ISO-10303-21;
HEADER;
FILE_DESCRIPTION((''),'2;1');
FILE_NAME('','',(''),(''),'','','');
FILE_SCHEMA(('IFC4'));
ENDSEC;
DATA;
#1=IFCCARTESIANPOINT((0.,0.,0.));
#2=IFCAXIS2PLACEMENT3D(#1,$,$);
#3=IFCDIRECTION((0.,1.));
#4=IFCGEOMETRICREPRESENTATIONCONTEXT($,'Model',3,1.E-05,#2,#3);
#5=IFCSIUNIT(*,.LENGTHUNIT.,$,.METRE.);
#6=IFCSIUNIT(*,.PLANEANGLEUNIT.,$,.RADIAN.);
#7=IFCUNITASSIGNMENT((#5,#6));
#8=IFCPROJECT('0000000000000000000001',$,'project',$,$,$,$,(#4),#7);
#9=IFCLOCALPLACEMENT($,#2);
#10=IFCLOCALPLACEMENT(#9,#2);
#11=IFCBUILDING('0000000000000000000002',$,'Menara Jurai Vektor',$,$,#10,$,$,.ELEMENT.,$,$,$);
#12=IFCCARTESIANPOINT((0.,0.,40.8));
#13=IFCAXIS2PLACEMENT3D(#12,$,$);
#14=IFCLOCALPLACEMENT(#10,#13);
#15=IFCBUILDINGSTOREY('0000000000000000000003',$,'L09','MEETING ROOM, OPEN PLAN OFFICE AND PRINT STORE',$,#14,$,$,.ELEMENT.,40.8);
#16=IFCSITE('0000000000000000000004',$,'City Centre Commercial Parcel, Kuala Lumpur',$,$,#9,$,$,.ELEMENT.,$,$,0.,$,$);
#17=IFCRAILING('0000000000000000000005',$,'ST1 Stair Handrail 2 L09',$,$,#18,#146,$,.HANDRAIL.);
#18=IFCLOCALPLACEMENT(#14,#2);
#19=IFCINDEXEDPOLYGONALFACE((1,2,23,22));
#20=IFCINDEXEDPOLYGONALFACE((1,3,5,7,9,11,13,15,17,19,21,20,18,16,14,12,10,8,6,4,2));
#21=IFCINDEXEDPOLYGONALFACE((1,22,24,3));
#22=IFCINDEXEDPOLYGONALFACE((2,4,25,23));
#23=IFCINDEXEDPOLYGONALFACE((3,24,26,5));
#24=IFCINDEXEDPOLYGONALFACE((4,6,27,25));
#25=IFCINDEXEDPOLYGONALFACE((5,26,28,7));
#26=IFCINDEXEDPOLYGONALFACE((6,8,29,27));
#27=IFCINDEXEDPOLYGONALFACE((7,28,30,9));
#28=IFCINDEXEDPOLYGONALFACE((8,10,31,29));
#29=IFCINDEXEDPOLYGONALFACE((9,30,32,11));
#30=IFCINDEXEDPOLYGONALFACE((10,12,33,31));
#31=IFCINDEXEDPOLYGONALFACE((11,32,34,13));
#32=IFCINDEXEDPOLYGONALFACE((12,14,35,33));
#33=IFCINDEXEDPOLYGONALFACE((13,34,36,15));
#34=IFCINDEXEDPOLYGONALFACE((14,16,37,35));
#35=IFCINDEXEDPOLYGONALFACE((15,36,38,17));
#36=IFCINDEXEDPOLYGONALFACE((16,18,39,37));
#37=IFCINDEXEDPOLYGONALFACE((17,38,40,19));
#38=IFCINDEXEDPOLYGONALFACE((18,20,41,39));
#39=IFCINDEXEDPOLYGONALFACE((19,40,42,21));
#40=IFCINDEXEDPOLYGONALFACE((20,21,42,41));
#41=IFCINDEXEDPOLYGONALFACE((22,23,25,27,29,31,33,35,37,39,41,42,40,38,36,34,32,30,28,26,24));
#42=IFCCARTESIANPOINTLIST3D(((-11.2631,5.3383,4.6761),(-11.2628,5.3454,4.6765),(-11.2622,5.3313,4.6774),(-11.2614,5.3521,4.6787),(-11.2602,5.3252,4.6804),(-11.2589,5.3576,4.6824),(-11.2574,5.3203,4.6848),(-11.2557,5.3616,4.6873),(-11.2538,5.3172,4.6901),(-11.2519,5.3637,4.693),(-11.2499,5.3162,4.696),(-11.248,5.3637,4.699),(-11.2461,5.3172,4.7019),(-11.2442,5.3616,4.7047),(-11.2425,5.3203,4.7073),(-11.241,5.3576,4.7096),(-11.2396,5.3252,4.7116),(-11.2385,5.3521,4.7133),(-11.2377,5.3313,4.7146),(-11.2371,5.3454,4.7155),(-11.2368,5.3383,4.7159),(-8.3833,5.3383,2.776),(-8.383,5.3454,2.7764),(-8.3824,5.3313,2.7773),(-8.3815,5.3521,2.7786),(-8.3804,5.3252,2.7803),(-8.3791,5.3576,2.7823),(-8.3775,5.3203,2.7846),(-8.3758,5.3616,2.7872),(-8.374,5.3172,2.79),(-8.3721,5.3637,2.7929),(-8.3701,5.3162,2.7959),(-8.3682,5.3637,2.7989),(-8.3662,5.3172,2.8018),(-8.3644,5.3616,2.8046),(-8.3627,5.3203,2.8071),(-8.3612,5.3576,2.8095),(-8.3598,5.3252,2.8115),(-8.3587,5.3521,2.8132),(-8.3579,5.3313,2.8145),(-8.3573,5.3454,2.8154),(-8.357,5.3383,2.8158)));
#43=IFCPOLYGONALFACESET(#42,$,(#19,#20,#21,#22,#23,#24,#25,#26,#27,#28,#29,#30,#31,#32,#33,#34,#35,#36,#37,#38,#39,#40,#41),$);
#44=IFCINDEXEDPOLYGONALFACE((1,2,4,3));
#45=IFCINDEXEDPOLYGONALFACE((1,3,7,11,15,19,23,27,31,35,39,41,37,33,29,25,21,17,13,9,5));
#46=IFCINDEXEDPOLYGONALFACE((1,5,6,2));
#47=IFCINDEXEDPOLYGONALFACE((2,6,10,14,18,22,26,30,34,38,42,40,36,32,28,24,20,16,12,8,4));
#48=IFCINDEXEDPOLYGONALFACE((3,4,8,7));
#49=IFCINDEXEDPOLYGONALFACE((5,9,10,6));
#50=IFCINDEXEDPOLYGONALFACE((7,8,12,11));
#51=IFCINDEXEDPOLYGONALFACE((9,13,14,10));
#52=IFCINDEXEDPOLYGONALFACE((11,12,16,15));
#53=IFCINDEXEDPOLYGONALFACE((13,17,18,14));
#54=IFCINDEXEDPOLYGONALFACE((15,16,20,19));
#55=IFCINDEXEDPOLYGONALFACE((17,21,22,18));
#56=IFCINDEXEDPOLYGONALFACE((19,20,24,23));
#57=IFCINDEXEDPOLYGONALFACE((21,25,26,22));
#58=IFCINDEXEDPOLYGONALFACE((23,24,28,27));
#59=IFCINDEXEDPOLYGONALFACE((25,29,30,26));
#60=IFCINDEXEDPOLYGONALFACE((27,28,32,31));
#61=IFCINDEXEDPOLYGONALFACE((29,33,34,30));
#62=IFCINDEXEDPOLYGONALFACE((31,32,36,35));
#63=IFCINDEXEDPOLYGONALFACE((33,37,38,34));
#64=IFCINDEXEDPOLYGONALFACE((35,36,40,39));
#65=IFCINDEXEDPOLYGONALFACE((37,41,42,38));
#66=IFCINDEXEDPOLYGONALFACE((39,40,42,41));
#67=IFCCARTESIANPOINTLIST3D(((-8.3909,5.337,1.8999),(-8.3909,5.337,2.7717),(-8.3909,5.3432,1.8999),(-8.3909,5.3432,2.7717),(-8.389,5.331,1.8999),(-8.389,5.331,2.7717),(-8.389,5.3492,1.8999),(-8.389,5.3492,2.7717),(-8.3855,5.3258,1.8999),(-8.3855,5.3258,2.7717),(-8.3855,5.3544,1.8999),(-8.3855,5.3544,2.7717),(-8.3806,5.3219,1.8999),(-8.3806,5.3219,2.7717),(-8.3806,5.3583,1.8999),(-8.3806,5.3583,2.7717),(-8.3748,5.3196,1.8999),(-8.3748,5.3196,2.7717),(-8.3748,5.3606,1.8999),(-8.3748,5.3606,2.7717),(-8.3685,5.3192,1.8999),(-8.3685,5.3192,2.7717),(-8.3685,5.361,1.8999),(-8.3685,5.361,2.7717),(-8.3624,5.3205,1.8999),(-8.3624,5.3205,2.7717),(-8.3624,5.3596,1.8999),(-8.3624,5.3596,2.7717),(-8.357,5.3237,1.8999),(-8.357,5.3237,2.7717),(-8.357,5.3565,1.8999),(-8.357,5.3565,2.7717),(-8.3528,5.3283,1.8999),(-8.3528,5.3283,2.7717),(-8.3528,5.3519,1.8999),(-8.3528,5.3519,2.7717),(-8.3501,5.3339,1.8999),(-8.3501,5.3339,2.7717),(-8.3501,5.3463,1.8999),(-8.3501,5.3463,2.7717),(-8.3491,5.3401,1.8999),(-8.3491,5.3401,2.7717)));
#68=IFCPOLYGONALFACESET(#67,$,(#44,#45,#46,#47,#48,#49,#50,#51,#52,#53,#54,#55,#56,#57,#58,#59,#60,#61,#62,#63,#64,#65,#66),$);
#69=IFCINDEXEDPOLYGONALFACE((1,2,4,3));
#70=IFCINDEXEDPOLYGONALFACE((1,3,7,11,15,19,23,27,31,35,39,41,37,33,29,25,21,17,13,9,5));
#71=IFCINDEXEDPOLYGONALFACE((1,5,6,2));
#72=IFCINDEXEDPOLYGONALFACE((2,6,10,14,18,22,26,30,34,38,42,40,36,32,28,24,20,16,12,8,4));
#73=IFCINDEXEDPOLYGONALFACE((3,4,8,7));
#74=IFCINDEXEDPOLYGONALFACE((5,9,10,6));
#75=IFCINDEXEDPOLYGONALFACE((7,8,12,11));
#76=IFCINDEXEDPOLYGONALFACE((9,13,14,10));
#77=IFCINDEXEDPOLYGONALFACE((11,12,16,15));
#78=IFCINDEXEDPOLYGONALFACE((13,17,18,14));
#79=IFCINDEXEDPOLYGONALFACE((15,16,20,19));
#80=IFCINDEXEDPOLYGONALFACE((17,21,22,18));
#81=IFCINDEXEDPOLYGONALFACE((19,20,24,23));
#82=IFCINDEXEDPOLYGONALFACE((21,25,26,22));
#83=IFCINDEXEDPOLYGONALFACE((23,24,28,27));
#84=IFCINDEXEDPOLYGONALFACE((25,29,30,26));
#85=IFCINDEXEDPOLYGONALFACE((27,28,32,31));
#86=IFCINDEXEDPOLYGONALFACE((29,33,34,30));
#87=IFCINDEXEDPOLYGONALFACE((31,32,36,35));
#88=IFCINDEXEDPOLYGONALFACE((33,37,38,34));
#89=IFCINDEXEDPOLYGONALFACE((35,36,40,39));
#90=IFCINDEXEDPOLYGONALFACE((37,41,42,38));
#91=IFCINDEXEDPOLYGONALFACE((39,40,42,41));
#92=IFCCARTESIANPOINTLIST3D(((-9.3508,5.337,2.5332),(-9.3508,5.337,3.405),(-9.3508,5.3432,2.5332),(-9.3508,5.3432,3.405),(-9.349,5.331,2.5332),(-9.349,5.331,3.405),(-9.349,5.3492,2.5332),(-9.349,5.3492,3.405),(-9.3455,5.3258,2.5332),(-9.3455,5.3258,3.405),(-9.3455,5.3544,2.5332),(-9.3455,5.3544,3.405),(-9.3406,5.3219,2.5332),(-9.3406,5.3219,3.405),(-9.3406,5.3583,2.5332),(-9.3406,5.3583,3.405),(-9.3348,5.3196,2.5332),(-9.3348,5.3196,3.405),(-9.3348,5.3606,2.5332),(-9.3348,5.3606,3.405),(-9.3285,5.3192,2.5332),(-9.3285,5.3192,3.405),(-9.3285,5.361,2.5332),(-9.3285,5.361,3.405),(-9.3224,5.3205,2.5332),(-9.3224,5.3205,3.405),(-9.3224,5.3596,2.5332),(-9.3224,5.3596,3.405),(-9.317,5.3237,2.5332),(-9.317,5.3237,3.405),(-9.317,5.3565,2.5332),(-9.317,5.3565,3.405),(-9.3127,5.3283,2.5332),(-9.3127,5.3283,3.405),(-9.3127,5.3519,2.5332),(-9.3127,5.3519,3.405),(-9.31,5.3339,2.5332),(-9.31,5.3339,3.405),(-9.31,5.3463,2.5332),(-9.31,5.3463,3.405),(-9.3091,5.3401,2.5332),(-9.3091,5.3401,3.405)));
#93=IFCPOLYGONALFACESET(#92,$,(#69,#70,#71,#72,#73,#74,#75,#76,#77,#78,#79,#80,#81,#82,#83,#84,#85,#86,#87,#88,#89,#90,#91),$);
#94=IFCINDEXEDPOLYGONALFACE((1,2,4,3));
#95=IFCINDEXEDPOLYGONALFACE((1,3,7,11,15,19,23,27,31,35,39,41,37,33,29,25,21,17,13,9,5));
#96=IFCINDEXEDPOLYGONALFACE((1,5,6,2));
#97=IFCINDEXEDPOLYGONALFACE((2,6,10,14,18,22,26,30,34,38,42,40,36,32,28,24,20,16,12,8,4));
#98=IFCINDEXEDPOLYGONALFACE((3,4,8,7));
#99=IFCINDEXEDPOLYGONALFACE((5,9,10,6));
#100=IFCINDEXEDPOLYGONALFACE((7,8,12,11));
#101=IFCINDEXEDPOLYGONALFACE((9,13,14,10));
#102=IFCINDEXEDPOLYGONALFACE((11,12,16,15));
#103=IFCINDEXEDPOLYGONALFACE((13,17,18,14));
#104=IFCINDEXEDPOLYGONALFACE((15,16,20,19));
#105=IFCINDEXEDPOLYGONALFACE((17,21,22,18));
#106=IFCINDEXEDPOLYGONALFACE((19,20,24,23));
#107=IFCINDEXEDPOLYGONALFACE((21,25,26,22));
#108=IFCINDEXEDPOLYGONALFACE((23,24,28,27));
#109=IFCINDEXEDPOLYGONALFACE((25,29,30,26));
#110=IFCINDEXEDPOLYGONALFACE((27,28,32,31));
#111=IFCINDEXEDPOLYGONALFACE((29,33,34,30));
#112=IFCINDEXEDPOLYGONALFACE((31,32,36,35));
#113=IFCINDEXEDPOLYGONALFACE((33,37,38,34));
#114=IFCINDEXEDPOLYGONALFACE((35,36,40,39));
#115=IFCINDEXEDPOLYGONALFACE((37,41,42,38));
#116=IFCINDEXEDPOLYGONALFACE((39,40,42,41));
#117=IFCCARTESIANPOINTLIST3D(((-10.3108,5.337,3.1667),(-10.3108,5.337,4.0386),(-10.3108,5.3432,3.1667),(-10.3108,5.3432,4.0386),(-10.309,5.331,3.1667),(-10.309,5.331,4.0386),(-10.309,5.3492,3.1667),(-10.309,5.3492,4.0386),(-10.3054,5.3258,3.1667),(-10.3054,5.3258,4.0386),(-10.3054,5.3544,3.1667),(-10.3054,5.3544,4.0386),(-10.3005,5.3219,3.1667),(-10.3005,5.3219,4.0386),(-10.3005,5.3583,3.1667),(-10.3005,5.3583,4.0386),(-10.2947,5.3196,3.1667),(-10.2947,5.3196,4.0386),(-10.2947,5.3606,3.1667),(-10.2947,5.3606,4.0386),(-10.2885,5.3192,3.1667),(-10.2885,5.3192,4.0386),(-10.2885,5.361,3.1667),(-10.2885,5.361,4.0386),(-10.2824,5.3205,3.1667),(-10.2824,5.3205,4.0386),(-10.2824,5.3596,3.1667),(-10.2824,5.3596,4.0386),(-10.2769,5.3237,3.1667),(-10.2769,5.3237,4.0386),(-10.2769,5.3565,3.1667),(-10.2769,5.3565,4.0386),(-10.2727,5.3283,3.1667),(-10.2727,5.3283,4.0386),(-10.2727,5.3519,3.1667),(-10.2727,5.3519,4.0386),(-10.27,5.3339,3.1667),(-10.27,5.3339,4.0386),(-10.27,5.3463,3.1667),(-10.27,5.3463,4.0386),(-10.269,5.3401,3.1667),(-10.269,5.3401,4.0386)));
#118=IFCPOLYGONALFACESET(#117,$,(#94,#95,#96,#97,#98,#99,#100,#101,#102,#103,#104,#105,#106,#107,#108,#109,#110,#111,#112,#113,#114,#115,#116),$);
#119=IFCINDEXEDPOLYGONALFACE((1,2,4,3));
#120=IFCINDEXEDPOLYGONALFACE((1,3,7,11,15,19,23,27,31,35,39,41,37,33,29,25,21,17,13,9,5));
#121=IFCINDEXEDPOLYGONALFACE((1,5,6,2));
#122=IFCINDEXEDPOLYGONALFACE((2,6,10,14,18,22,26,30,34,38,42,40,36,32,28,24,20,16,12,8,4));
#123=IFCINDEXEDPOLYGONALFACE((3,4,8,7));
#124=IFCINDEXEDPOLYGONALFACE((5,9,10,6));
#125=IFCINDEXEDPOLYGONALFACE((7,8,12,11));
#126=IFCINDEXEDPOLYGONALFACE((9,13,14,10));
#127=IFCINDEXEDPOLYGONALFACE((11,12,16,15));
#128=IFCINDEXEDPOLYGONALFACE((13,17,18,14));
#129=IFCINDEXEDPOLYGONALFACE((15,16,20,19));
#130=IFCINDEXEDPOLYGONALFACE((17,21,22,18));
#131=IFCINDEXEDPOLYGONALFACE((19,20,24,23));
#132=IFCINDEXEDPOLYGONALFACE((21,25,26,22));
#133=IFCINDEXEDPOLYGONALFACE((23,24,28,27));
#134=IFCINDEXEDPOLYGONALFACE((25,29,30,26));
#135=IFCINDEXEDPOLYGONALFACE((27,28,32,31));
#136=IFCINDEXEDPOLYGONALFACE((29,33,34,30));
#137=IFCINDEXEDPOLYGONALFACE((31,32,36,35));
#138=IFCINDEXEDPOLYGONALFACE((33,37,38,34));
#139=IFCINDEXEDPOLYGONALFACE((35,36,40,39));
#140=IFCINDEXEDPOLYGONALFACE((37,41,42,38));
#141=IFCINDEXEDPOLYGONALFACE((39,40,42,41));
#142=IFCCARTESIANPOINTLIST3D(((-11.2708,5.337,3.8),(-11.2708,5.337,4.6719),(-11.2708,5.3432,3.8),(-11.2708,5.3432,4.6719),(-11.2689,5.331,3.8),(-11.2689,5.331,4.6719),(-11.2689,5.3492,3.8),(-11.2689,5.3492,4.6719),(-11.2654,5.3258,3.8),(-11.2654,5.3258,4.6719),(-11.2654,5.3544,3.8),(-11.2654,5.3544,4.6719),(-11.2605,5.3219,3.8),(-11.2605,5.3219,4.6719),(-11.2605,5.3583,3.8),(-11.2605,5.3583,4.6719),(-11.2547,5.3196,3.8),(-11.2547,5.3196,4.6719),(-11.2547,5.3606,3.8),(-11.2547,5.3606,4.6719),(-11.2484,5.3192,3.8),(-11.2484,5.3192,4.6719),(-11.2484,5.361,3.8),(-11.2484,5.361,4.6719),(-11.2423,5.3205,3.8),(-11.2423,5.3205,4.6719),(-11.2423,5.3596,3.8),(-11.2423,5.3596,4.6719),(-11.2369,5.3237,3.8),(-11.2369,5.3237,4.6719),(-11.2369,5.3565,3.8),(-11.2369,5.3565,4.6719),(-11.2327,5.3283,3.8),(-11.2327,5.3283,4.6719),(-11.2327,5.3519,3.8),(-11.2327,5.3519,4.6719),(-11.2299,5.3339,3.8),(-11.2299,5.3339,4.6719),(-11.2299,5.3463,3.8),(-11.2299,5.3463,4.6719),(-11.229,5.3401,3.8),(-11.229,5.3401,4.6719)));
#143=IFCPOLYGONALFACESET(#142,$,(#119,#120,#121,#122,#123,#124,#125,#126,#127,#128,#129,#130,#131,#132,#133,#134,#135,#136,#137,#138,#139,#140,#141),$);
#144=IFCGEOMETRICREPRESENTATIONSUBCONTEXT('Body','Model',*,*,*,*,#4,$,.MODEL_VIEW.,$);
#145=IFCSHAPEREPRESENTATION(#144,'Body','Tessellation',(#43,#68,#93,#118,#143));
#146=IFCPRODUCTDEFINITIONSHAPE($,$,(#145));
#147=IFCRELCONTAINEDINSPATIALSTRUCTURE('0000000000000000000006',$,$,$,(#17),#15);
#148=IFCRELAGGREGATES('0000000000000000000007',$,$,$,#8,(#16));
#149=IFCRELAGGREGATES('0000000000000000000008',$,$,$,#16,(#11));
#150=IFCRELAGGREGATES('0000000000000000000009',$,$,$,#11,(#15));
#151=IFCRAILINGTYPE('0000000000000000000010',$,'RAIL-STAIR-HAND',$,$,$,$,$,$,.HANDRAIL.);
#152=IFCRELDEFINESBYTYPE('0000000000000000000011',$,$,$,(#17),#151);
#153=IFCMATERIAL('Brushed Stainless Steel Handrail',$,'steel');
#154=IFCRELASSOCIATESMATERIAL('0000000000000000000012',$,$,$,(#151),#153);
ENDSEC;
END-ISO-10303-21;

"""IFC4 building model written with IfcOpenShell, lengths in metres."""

from ifc_helpers import new_model, si_unit, direction, frame, origin, origin_2d, place, context, subcontext, project, spatial, circle, extrude, material, type_object, element, save


model = new_model("IFC4")

# Units and contexts
model_context = context("Model", 3, precision=1e-05, world=origin(), true_north=direction((0.0, 1.0)))
body_context = subcontext(model_context, "Body", "Model", "MODEL_VIEW")
ifc_project = project(units=[si_unit("LENGTHUNIT", "METRE"), si_unit("PLANEANGLEUNIT", "RADIAN")], contexts=[model_context])

# Site, building, storey
site_placement = place(None, origin())
site = spatial("IfcSite", under=ifc_project, at=site_placement, Name="City Centre Commercial Parcel, Kuala Lumpur", CompositionType="ELEMENT", RefElevation=0.0)
building_placement = place(site_placement, origin())
building = spatial("IfcBuilding", under=site, at=building_placement, Name="Menara Jurai Vektor", CompositionType="ELEMENT")
storey_placement = place(building_placement, frame((0.0, 0.0, 40.8)))
storey = spatial("IfcBuildingStorey", under=building, at=storey_placement, Name="L09", Description="MEETING ROOM, OPEN PLAN OFFICE AND PRINT STORE", CompositionType="ELEMENT", Elevation=40.8)

# Railing
ifc_material_1 = material(Name="Brushed Stainless Steel Handrail", Category="steel")
railing_type_1 = type_object("IfcRailingType", Name="RAIL-STAIR-HAND", PredefinedType="HANDRAIL", material=ifc_material_1)
railing_1_placement = place(storey_placement, frame((-8.3701, 5.3401, 1.8999)))
element("IfcRailing", 1, at=railing_1_placement, inside=storey, type_object=railing_type_1, Name="ST1 Stair Handrail 2 L09", PredefinedType="HANDRAIL", context=body_context, shape_type="SweptSolid", body=[
    extrude(circle(Radius=0.0239, at=origin_2d()), frame((0.0, 0.0, 0.896), z_axis=(-0.834686, 0.0, 0.550726), x_axis=(0.0, -1.0, 0.0)), (0.0, 0.0, 1.0), 3.4502),
    extrude(circle(Radius=0.021, at=origin_2d()), origin(), (0.0, 0.0, 1.0), 0.8718),
    extrude(circle(Radius=0.021, at=origin_2d()), frame((-0.96, 0.0, 0.6333)), (0.0, 0.0, 1.0), 0.8718),
    extrude(circle(Radius=0.021, at=origin_2d()), frame((-1.9199, 0.0, 1.2668)), (0.0, 0.0, 1.0), 0.8718),
    extrude(circle(Radius=0.021, at=origin_2d()), frame((-2.8799, 0.0, 1.9001)), (0.0, 0.0, 1.0), 0.8718),
])

save(model, "model.ifc")
